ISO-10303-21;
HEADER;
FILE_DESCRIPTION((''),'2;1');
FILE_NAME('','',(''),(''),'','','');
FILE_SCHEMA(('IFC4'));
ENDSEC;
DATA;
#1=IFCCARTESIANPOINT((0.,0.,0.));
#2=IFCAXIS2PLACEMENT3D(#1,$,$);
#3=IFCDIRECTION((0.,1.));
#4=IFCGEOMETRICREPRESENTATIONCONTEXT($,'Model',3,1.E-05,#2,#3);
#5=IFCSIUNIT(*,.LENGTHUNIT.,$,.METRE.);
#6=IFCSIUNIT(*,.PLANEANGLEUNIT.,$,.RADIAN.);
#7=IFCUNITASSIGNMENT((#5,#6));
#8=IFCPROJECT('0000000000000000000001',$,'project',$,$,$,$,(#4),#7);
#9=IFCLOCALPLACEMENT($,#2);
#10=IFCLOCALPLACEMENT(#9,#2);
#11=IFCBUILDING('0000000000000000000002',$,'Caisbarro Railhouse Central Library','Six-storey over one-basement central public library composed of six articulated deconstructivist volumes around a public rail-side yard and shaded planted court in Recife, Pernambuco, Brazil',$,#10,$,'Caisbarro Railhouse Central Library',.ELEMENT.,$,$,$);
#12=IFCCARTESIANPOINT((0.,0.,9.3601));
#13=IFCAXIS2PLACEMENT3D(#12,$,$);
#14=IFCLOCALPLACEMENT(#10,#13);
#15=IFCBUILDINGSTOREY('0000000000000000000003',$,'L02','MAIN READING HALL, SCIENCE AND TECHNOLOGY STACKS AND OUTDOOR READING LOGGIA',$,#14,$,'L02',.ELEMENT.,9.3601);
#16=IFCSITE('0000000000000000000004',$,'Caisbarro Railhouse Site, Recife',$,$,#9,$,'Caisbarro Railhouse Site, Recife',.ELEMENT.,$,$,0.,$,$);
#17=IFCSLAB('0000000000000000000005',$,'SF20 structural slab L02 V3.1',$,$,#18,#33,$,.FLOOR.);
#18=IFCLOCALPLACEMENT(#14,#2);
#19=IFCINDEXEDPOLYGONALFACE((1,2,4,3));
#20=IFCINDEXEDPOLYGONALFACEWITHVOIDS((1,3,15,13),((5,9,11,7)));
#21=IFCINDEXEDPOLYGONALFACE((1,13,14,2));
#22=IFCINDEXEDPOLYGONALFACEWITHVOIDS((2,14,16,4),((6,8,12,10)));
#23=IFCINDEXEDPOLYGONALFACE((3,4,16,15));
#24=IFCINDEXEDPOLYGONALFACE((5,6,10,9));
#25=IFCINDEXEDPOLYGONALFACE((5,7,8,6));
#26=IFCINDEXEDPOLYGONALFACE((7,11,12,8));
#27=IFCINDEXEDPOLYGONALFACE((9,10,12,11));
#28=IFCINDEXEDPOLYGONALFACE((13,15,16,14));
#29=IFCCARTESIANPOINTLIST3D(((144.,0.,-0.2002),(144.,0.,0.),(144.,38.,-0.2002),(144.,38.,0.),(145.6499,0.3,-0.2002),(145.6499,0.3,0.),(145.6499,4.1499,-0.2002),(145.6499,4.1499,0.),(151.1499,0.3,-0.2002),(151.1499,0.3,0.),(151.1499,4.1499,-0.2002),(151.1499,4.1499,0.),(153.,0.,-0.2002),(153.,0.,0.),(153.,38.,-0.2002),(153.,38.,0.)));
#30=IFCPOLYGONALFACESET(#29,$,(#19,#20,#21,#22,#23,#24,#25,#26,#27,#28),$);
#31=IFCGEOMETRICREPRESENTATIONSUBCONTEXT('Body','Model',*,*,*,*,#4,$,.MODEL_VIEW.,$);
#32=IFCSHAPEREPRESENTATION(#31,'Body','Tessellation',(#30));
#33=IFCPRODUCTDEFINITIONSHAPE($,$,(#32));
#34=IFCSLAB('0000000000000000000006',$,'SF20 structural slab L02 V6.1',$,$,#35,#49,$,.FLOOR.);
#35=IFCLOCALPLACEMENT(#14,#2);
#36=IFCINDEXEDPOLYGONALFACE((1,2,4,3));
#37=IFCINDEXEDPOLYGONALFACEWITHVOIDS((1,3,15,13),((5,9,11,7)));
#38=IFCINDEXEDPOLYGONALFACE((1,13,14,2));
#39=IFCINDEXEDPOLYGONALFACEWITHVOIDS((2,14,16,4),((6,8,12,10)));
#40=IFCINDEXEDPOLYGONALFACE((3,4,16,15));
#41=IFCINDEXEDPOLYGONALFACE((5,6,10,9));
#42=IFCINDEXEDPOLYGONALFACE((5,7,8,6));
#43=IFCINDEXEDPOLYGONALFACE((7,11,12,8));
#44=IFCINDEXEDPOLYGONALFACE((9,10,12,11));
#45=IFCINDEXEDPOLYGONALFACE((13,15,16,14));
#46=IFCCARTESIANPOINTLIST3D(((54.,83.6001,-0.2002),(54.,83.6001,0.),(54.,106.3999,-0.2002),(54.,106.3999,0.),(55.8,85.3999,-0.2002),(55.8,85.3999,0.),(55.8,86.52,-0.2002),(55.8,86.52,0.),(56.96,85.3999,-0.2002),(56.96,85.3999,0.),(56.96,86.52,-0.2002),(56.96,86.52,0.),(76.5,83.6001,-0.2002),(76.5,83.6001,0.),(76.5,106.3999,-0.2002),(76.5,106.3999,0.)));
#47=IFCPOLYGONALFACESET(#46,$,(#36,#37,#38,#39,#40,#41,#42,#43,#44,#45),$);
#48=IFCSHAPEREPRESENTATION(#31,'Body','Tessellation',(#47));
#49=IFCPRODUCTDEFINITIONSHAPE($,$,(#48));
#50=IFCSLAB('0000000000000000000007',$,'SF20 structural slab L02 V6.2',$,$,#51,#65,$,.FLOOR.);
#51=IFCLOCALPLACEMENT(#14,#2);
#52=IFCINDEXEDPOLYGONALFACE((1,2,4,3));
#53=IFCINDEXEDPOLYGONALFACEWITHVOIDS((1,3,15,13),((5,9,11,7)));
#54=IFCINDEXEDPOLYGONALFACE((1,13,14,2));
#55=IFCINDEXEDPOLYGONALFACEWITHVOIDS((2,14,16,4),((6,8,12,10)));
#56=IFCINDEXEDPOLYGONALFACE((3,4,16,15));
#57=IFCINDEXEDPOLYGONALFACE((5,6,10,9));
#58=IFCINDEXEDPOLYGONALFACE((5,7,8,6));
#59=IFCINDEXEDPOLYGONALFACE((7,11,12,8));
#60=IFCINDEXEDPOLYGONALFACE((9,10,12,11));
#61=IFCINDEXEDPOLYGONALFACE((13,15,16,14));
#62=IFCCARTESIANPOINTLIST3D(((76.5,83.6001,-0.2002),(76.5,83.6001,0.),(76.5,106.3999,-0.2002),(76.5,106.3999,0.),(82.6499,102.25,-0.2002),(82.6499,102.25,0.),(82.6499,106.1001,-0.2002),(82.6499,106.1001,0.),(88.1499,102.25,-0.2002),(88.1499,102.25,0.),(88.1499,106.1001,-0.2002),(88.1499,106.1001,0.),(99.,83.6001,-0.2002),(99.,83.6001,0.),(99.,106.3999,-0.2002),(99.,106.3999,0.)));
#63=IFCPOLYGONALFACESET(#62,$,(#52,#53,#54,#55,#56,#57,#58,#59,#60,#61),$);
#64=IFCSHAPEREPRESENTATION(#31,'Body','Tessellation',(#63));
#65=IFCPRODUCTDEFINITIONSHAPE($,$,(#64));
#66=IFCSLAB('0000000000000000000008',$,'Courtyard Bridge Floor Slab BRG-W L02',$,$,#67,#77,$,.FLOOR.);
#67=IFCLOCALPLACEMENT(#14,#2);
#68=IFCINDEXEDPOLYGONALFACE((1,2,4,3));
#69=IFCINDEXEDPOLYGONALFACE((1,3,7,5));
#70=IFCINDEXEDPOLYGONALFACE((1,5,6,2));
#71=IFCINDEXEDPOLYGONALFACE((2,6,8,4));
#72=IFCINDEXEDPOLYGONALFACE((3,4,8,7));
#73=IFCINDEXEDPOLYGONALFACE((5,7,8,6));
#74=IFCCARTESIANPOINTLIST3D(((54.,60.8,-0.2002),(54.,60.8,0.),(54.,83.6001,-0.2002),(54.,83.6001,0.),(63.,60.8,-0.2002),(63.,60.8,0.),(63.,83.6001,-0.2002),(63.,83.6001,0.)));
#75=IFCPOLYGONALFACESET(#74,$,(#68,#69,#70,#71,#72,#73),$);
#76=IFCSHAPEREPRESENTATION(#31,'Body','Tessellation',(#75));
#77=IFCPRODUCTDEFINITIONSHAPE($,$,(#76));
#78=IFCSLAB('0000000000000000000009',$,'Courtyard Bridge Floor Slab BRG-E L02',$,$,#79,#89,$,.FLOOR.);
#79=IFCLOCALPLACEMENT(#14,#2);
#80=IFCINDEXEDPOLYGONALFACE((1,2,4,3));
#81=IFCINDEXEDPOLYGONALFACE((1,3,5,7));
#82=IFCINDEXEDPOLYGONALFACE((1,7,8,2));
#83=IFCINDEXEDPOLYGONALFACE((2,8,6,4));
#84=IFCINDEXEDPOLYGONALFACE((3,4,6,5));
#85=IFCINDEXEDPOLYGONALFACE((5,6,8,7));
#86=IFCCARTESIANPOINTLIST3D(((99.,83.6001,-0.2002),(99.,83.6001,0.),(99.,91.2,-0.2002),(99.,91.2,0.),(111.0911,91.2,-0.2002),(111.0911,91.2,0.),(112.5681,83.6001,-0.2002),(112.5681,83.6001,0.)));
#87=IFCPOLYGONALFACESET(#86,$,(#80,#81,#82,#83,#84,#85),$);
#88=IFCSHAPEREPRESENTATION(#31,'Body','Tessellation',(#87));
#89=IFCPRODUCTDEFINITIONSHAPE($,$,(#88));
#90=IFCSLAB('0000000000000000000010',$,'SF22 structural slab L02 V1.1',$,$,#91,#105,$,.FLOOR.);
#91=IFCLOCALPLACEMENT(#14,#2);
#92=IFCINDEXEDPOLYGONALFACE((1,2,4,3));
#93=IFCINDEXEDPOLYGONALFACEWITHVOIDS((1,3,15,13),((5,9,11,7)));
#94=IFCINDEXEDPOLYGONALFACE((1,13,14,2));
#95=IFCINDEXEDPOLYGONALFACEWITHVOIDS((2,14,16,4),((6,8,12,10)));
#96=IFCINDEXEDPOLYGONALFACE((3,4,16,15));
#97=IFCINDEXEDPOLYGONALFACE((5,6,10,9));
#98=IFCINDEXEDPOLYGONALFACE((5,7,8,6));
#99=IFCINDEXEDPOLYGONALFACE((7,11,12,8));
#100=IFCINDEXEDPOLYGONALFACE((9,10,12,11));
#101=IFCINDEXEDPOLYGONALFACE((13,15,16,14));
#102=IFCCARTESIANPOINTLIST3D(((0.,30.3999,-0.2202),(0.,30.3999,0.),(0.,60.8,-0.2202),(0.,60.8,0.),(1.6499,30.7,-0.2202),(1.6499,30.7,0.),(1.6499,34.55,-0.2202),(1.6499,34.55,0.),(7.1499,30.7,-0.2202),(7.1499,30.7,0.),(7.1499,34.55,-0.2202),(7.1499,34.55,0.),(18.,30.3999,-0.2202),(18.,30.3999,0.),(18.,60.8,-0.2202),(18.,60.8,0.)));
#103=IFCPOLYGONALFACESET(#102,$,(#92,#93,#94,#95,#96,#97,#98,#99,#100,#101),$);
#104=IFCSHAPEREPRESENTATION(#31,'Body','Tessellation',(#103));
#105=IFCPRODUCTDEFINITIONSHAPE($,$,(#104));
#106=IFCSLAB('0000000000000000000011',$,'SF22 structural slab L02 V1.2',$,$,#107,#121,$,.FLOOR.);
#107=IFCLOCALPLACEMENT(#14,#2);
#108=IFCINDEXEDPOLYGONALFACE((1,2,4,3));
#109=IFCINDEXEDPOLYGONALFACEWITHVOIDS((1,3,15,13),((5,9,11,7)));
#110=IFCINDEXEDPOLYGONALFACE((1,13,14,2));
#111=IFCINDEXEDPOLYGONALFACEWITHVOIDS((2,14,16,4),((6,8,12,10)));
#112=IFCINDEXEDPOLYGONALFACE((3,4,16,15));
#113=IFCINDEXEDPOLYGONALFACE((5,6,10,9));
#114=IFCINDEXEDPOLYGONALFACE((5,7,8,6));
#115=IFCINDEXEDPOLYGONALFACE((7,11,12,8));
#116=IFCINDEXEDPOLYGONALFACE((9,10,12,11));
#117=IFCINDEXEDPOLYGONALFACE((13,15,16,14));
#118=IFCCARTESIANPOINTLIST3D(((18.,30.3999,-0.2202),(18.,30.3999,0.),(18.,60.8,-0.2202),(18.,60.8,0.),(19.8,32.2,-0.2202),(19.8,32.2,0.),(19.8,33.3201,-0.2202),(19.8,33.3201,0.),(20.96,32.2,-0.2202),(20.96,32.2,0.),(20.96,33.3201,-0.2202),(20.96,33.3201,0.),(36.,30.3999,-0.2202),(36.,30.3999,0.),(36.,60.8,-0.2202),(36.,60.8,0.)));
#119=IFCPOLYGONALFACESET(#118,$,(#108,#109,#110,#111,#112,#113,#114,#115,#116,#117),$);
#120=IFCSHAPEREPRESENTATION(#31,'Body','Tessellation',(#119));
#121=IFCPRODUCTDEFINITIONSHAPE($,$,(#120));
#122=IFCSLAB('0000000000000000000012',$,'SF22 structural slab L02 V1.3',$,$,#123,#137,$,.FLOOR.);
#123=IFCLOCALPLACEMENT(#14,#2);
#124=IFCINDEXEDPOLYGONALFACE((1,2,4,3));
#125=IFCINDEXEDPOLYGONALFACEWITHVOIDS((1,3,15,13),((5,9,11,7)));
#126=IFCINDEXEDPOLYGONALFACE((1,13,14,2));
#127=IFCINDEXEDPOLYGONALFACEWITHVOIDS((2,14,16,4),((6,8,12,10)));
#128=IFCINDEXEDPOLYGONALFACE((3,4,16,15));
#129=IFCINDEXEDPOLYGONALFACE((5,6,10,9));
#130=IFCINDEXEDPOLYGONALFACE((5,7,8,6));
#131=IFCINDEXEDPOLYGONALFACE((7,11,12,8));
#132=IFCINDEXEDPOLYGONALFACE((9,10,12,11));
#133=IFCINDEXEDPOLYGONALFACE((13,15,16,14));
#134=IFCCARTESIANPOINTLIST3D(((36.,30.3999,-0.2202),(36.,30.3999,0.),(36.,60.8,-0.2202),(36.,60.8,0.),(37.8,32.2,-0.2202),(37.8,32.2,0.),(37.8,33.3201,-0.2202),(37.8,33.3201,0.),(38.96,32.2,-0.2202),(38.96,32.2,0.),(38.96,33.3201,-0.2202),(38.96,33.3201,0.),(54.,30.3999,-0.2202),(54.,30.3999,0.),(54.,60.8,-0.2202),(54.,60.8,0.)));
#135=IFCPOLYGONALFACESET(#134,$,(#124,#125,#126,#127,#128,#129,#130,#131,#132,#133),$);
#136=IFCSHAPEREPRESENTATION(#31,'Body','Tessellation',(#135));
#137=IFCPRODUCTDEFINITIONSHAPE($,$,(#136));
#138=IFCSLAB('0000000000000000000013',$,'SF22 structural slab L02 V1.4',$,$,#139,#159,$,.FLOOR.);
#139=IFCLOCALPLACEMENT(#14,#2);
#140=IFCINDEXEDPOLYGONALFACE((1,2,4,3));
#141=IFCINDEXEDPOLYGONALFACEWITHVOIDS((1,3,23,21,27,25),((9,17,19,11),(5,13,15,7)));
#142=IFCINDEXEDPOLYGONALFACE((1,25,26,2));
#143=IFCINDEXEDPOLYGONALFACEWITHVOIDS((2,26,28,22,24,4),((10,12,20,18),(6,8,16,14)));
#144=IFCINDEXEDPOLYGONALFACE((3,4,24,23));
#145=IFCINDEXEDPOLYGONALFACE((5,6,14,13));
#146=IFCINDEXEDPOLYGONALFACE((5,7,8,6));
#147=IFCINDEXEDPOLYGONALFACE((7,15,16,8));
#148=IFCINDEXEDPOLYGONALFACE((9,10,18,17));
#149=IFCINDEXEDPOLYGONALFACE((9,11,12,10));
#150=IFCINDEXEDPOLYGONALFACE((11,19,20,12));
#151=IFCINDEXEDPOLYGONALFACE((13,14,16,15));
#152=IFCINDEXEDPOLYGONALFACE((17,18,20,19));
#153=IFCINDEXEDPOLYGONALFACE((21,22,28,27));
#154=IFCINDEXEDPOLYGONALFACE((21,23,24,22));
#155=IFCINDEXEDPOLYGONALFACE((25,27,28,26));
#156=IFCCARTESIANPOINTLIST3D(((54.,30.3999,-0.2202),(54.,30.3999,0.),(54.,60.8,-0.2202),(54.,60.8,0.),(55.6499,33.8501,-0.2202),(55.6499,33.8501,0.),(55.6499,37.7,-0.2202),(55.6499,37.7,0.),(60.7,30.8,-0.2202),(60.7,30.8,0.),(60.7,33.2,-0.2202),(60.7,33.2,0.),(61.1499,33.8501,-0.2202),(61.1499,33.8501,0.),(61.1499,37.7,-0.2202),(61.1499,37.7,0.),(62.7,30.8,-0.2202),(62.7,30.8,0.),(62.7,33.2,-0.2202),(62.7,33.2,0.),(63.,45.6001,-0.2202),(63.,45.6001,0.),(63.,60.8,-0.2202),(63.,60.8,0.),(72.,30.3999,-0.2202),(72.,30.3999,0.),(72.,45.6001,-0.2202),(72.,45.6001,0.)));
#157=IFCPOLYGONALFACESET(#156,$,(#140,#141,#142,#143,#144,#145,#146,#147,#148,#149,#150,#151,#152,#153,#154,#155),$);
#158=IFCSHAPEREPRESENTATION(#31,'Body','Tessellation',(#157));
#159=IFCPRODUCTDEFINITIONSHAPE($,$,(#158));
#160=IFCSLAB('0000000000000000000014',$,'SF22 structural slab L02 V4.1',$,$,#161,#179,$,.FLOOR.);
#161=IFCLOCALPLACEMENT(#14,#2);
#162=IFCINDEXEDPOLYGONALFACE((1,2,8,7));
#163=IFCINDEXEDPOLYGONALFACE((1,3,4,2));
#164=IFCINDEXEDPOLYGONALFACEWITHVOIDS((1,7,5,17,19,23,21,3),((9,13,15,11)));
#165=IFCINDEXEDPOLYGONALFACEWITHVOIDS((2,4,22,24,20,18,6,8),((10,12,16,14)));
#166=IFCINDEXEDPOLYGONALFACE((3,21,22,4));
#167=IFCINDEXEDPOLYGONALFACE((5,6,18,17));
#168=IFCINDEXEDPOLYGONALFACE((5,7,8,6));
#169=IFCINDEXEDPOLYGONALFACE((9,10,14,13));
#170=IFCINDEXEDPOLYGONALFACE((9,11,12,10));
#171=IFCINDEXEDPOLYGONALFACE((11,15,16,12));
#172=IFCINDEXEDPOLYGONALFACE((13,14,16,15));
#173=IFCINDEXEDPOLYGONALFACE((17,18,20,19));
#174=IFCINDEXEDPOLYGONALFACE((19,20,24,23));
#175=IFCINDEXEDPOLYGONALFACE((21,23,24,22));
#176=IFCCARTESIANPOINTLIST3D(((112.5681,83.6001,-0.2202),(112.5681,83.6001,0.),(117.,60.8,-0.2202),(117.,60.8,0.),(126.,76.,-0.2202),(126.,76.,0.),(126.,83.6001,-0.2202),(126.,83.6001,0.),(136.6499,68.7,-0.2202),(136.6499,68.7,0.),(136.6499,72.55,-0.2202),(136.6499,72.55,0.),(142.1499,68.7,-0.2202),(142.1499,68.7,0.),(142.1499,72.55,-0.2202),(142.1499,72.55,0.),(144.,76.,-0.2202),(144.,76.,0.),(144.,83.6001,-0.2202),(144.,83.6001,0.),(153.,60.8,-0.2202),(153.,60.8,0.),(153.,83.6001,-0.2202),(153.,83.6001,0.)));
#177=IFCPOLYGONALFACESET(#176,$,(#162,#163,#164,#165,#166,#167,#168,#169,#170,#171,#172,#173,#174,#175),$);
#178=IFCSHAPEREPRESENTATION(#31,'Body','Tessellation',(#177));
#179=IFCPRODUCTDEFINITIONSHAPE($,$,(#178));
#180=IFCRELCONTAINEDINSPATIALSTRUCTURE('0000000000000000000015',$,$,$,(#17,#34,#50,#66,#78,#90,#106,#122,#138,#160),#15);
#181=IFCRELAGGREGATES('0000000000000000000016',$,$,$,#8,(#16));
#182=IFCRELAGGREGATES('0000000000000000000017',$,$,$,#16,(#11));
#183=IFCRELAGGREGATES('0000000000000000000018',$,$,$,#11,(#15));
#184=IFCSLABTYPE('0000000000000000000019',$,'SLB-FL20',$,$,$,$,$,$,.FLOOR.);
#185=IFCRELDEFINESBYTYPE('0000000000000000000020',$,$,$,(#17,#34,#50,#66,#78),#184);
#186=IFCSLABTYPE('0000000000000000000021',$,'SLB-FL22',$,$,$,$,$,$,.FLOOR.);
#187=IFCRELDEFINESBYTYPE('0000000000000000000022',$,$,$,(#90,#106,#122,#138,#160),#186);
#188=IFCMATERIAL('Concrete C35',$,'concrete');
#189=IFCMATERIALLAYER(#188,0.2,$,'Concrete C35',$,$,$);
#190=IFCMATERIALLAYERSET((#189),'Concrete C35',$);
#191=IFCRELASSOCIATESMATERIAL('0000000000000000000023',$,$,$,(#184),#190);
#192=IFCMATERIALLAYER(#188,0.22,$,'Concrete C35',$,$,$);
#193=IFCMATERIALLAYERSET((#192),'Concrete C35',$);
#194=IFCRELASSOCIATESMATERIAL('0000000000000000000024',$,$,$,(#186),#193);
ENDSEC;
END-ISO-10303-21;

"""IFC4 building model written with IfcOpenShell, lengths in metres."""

from ifc_helpers import new_model, si_unit, direction, frame, origin, place, context, subcontext, project, spatial, polyline, outline, extrude, material, layer, layer_set, type_object, element, save


model = new_model("IFC4")

# Units and contexts
model_context = context("Model", 3, precision=1e-05, world=origin(), true_north=direction((0.0, 1.0)))
body_context = subcontext(model_context, "Body", "Model", "MODEL_VIEW")
ifc_project = project(units=[si_unit("LENGTHUNIT", "METRE"), si_unit("PLANEANGLEUNIT", "RADIAN")], contexts=[model_context])

# Site, building, storey
site_placement = place(None, origin())
site = spatial("IfcSite", under=ifc_project, at=site_placement, Name="Caisbarro Railhouse Site, Recife", LongName="Caisbarro Railhouse Site, Recife", CompositionType="ELEMENT", RefElevation=0.0)
building_placement = place(site_placement, origin())
building = spatial("IfcBuilding", under=site, at=building_placement, Name="Caisbarro Railhouse Central Library", Description="Six-storey over one-basement central public library composed of six articulated deconstructivist volumes around a public rail-side yard and shaded planted court in Recife, Pernambuco, Brazil", LongName="Caisbarro Railhouse Central Library", CompositionType="ELEMENT")
storey_placement = place(building_placement, frame((0.0, 0.0, 9.3601)))
storey = spatial("IfcBuildingStorey", under=building, at=storey_placement, Name="L02", Description="MAIN READING HALL, SCIENCE AND TECHNOLOGY STACKS AND OUTDOOR READING LOGGIA", LongName="L02", CompositionType="ELEMENT", Elevation=9.3601)

# Slabs
ifc_material_1 = material(Name="Concrete C35", Category="concrete")
ifc_layer_1 = layer(ifc_material_1, 0.2, Name="Concrete C35")
ifc_layer_set_1 = layer_set([ifc_layer_1], Name="Concrete C35")
slab_type_1 = type_object("IfcSlabType", Name="SLB-FL20", PredefinedType="FLOOR", material=ifc_layer_set_1)
slab_1_placement = place(storey_placement, frame((0.0, 0.0, -0.2002)))
element("IfcSlab", 1, at=slab_1_placement, inside=storey, type_object=slab_type_1, Name="SF20 structural slab L02 V3.1", PredefinedType="FLOOR", context=body_context, shape_type="SweptSolid", body=[
    extrude(outline(polyline([(144.0, 0.0), (153.0, 0.0), (153.0, 38.0), (144.0, 38.0), (144.0, 0.0)]), holes=[polyline([(145.6499, 0.3), (151.1499, 0.3), (151.1499, 4.1499), (145.6499, 4.1499), (145.6499, 0.3)])]), origin(), (0.0, 0.0, 1.0), 0.2002),
])
slab_2_placement = place(storey_placement, frame((0.0, 0.0, -0.2002)))
element("IfcSlab", 2, at=slab_2_placement, inside=storey, type_object=slab_type_1, Name="SF20 structural slab L02 V6.1", PredefinedType="FLOOR", context=body_context, shape_type="SweptSolid", body=[
    extrude(outline(polyline([(54.0, 83.6001), (76.5, 83.6001), (76.5, 106.3999), (54.0, 106.3999), (54.0, 83.6001)]), holes=[polyline([(55.8, 85.3999), (56.96, 85.3999), (56.96, 86.52), (55.8, 86.52), (55.8, 85.3999)])]), origin(), (0.0, 0.0, 1.0), 0.2002),
])
slab_3_placement = place(storey_placement, frame((0.0, 0.0, -0.2002)))
element("IfcSlab", 3, at=slab_3_placement, inside=storey, type_object=slab_type_1, Name="SF20 structural slab L02 V6.2", PredefinedType="FLOOR", context=body_context, shape_type="SweptSolid", body=[
    extrude(outline(polyline([(76.5, 83.6001), (99.0, 83.6001), (99.0, 106.3999), (76.5, 106.3999), (76.5, 83.6001)]), holes=[polyline([(82.6499, 102.25), (88.1499, 102.25), (88.1499, 106.1001), (82.6499, 106.1001), (82.6499, 102.25)])]), origin(), (0.0, 0.0, 1.0), 0.2002),
])
slab_4_placement = place(storey_placement, frame((0.0, 0.0, -0.2002)))
element("IfcSlab", 4, at=slab_4_placement, inside=storey, type_object=slab_type_1, Name="Courtyard Bridge Floor Slab BRG-W L02", PredefinedType="FLOOR", context=body_context, shape_type="SweptSolid", body=[
    extrude(outline(polyline([(54.0, 60.8), (63.0, 60.8), (63.0, 83.6001), (54.0, 83.6001), (54.0, 60.8)])), origin(), (0.0, 0.0, 1.0), 0.2002),
])
slab_5_placement = place(storey_placement, frame((0.0, 0.0, -0.2002)))
element("IfcSlab", 5, at=slab_5_placement, inside=storey, type_object=slab_type_1, Name="Courtyard Bridge Floor Slab BRG-E L02", PredefinedType="FLOOR", context=body_context, shape_type="SweptSolid", body=[
    extrude(outline(polyline([(99.0, 83.6001), (112.5681, 83.6001), (111.0911, 91.2), (99.0, 91.2), (99.0, 83.6001)])), origin(), (0.0, 0.0, 1.0), 0.2002),
])
ifc_layer_2 = layer(ifc_material_1, 0.22, Name="Concrete C35")
ifc_layer_set_2 = layer_set([ifc_layer_2], Name="Concrete C35")
slab_type_2 = type_object("IfcSlabType", Name="SLB-FL22", PredefinedType="FLOOR", material=ifc_layer_set_2)
slab_6_placement = place(storey_placement, frame((0.0, 0.0, -0.2202)))
element("IfcSlab", 6, at=slab_6_placement, inside=storey, type_object=slab_type_2, Name="SF22 structural slab L02 V1.1", PredefinedType="FLOOR", context=body_context, shape_type="SweptSolid", body=[
    extrude(outline(polyline([(0.0, 30.3999), (18.0, 30.3999), (18.0, 60.8), (0.0, 60.8), (0.0, 30.3999)]), holes=[polyline([(1.6499, 30.7), (7.1499, 30.7), (7.1499, 34.55), (1.6499, 34.55), (1.6499, 30.7)])]), origin(), (0.0, 0.0, 1.0), 0.2202),
])
slab_7_placement = place(storey_placement, frame((0.0, 0.0, -0.2202)))
element("IfcSlab", 7, at=slab_7_placement, inside=storey, type_object=slab_type_2, Name="SF22 structural slab L02 V1.2", PredefinedType="FLOOR", context=body_context, shape_type="SweptSolid", body=[
    extrude(outline(polyline([(18.0, 30.3999), (36.0, 30.3999), (36.0, 60.8), (18.0, 60.8), (18.0, 30.3999)]), holes=[polyline([(19.8, 32.2), (20.96, 32.2), (20.96, 33.3201), (19.8, 33.3201), (19.8, 32.2)])]), origin(), (0.0, 0.0, 1.0), 0.2202),
])
slab_8_placement = place(storey_placement, frame((0.0, 0.0, -0.2202)))
element("IfcSlab", 8, at=slab_8_placement, inside=storey, type_object=slab_type_2, Name="SF22 structural slab L02 V1.3", PredefinedType="FLOOR", context=body_context, shape_type="SweptSolid", body=[
    extrude(outline(polyline([(36.0, 30.3999), (54.0, 30.3999), (54.0, 60.8), (36.0, 60.8), (36.0, 30.3999)]), holes=[polyline([(37.8, 32.2), (38.96, 32.2), (38.96, 33.3201), (37.8, 33.3201), (37.8, 32.2)])]), origin(), (0.0, 0.0, 1.0), 0.2202),
])
slab_9_placement = place(storey_placement, frame((0.0, 0.0, -0.2202)))
element("IfcSlab", 9, at=slab_9_placement, inside=storey, type_object=slab_type_2, Name="SF22 structural slab L02 V1.4", PredefinedType="FLOOR", context=body_context, shape_type="SweptSolid", body=[
    extrude(outline(polyline([(54.0, 30.3999), (72.0, 30.3999), (72.0, 45.6001), (63.0, 45.6001), (63.0, 60.8), (54.0, 60.8), (54.0, 30.3999)]), holes=[polyline([(55.6499, 33.8501), (61.1499, 33.8501), (61.1499, 37.7), (55.6499, 37.7), (55.6499, 33.8501)]), polyline([(60.7, 30.8), (62.7, 30.8), (62.7, 33.2), (60.7, 33.2), (60.7, 30.8)])]), origin(), (0.0, 0.0, 1.0), 0.2202),
])
slab_10_placement = place(storey_placement, frame((0.0, 0.0, -0.2202)))
element("IfcSlab", 10, at=slab_10_placement, inside=storey, type_object=slab_type_2, Name="SF22 structural slab L02 V4.1", PredefinedType="FLOOR", context=body_context, shape_type="SweptSolid", body=[
    extrude(outline(polyline([(117.0, 60.8), (153.0, 60.8), (153.0, 83.6001), (144.0, 83.6001), (144.0, 76.0), (126.0, 76.0), (126.0, 83.6001), (112.5681, 83.6001), (117.0, 60.8)]), holes=[polyline([(136.6499, 68.7), (142.1499, 68.7), (142.1499, 72.55), (136.6499, 72.55), (136.6499, 68.7)])]), origin(), (0.0, 0.0, 1.0), 0.2202),
])

save(model, "model.ifc")
